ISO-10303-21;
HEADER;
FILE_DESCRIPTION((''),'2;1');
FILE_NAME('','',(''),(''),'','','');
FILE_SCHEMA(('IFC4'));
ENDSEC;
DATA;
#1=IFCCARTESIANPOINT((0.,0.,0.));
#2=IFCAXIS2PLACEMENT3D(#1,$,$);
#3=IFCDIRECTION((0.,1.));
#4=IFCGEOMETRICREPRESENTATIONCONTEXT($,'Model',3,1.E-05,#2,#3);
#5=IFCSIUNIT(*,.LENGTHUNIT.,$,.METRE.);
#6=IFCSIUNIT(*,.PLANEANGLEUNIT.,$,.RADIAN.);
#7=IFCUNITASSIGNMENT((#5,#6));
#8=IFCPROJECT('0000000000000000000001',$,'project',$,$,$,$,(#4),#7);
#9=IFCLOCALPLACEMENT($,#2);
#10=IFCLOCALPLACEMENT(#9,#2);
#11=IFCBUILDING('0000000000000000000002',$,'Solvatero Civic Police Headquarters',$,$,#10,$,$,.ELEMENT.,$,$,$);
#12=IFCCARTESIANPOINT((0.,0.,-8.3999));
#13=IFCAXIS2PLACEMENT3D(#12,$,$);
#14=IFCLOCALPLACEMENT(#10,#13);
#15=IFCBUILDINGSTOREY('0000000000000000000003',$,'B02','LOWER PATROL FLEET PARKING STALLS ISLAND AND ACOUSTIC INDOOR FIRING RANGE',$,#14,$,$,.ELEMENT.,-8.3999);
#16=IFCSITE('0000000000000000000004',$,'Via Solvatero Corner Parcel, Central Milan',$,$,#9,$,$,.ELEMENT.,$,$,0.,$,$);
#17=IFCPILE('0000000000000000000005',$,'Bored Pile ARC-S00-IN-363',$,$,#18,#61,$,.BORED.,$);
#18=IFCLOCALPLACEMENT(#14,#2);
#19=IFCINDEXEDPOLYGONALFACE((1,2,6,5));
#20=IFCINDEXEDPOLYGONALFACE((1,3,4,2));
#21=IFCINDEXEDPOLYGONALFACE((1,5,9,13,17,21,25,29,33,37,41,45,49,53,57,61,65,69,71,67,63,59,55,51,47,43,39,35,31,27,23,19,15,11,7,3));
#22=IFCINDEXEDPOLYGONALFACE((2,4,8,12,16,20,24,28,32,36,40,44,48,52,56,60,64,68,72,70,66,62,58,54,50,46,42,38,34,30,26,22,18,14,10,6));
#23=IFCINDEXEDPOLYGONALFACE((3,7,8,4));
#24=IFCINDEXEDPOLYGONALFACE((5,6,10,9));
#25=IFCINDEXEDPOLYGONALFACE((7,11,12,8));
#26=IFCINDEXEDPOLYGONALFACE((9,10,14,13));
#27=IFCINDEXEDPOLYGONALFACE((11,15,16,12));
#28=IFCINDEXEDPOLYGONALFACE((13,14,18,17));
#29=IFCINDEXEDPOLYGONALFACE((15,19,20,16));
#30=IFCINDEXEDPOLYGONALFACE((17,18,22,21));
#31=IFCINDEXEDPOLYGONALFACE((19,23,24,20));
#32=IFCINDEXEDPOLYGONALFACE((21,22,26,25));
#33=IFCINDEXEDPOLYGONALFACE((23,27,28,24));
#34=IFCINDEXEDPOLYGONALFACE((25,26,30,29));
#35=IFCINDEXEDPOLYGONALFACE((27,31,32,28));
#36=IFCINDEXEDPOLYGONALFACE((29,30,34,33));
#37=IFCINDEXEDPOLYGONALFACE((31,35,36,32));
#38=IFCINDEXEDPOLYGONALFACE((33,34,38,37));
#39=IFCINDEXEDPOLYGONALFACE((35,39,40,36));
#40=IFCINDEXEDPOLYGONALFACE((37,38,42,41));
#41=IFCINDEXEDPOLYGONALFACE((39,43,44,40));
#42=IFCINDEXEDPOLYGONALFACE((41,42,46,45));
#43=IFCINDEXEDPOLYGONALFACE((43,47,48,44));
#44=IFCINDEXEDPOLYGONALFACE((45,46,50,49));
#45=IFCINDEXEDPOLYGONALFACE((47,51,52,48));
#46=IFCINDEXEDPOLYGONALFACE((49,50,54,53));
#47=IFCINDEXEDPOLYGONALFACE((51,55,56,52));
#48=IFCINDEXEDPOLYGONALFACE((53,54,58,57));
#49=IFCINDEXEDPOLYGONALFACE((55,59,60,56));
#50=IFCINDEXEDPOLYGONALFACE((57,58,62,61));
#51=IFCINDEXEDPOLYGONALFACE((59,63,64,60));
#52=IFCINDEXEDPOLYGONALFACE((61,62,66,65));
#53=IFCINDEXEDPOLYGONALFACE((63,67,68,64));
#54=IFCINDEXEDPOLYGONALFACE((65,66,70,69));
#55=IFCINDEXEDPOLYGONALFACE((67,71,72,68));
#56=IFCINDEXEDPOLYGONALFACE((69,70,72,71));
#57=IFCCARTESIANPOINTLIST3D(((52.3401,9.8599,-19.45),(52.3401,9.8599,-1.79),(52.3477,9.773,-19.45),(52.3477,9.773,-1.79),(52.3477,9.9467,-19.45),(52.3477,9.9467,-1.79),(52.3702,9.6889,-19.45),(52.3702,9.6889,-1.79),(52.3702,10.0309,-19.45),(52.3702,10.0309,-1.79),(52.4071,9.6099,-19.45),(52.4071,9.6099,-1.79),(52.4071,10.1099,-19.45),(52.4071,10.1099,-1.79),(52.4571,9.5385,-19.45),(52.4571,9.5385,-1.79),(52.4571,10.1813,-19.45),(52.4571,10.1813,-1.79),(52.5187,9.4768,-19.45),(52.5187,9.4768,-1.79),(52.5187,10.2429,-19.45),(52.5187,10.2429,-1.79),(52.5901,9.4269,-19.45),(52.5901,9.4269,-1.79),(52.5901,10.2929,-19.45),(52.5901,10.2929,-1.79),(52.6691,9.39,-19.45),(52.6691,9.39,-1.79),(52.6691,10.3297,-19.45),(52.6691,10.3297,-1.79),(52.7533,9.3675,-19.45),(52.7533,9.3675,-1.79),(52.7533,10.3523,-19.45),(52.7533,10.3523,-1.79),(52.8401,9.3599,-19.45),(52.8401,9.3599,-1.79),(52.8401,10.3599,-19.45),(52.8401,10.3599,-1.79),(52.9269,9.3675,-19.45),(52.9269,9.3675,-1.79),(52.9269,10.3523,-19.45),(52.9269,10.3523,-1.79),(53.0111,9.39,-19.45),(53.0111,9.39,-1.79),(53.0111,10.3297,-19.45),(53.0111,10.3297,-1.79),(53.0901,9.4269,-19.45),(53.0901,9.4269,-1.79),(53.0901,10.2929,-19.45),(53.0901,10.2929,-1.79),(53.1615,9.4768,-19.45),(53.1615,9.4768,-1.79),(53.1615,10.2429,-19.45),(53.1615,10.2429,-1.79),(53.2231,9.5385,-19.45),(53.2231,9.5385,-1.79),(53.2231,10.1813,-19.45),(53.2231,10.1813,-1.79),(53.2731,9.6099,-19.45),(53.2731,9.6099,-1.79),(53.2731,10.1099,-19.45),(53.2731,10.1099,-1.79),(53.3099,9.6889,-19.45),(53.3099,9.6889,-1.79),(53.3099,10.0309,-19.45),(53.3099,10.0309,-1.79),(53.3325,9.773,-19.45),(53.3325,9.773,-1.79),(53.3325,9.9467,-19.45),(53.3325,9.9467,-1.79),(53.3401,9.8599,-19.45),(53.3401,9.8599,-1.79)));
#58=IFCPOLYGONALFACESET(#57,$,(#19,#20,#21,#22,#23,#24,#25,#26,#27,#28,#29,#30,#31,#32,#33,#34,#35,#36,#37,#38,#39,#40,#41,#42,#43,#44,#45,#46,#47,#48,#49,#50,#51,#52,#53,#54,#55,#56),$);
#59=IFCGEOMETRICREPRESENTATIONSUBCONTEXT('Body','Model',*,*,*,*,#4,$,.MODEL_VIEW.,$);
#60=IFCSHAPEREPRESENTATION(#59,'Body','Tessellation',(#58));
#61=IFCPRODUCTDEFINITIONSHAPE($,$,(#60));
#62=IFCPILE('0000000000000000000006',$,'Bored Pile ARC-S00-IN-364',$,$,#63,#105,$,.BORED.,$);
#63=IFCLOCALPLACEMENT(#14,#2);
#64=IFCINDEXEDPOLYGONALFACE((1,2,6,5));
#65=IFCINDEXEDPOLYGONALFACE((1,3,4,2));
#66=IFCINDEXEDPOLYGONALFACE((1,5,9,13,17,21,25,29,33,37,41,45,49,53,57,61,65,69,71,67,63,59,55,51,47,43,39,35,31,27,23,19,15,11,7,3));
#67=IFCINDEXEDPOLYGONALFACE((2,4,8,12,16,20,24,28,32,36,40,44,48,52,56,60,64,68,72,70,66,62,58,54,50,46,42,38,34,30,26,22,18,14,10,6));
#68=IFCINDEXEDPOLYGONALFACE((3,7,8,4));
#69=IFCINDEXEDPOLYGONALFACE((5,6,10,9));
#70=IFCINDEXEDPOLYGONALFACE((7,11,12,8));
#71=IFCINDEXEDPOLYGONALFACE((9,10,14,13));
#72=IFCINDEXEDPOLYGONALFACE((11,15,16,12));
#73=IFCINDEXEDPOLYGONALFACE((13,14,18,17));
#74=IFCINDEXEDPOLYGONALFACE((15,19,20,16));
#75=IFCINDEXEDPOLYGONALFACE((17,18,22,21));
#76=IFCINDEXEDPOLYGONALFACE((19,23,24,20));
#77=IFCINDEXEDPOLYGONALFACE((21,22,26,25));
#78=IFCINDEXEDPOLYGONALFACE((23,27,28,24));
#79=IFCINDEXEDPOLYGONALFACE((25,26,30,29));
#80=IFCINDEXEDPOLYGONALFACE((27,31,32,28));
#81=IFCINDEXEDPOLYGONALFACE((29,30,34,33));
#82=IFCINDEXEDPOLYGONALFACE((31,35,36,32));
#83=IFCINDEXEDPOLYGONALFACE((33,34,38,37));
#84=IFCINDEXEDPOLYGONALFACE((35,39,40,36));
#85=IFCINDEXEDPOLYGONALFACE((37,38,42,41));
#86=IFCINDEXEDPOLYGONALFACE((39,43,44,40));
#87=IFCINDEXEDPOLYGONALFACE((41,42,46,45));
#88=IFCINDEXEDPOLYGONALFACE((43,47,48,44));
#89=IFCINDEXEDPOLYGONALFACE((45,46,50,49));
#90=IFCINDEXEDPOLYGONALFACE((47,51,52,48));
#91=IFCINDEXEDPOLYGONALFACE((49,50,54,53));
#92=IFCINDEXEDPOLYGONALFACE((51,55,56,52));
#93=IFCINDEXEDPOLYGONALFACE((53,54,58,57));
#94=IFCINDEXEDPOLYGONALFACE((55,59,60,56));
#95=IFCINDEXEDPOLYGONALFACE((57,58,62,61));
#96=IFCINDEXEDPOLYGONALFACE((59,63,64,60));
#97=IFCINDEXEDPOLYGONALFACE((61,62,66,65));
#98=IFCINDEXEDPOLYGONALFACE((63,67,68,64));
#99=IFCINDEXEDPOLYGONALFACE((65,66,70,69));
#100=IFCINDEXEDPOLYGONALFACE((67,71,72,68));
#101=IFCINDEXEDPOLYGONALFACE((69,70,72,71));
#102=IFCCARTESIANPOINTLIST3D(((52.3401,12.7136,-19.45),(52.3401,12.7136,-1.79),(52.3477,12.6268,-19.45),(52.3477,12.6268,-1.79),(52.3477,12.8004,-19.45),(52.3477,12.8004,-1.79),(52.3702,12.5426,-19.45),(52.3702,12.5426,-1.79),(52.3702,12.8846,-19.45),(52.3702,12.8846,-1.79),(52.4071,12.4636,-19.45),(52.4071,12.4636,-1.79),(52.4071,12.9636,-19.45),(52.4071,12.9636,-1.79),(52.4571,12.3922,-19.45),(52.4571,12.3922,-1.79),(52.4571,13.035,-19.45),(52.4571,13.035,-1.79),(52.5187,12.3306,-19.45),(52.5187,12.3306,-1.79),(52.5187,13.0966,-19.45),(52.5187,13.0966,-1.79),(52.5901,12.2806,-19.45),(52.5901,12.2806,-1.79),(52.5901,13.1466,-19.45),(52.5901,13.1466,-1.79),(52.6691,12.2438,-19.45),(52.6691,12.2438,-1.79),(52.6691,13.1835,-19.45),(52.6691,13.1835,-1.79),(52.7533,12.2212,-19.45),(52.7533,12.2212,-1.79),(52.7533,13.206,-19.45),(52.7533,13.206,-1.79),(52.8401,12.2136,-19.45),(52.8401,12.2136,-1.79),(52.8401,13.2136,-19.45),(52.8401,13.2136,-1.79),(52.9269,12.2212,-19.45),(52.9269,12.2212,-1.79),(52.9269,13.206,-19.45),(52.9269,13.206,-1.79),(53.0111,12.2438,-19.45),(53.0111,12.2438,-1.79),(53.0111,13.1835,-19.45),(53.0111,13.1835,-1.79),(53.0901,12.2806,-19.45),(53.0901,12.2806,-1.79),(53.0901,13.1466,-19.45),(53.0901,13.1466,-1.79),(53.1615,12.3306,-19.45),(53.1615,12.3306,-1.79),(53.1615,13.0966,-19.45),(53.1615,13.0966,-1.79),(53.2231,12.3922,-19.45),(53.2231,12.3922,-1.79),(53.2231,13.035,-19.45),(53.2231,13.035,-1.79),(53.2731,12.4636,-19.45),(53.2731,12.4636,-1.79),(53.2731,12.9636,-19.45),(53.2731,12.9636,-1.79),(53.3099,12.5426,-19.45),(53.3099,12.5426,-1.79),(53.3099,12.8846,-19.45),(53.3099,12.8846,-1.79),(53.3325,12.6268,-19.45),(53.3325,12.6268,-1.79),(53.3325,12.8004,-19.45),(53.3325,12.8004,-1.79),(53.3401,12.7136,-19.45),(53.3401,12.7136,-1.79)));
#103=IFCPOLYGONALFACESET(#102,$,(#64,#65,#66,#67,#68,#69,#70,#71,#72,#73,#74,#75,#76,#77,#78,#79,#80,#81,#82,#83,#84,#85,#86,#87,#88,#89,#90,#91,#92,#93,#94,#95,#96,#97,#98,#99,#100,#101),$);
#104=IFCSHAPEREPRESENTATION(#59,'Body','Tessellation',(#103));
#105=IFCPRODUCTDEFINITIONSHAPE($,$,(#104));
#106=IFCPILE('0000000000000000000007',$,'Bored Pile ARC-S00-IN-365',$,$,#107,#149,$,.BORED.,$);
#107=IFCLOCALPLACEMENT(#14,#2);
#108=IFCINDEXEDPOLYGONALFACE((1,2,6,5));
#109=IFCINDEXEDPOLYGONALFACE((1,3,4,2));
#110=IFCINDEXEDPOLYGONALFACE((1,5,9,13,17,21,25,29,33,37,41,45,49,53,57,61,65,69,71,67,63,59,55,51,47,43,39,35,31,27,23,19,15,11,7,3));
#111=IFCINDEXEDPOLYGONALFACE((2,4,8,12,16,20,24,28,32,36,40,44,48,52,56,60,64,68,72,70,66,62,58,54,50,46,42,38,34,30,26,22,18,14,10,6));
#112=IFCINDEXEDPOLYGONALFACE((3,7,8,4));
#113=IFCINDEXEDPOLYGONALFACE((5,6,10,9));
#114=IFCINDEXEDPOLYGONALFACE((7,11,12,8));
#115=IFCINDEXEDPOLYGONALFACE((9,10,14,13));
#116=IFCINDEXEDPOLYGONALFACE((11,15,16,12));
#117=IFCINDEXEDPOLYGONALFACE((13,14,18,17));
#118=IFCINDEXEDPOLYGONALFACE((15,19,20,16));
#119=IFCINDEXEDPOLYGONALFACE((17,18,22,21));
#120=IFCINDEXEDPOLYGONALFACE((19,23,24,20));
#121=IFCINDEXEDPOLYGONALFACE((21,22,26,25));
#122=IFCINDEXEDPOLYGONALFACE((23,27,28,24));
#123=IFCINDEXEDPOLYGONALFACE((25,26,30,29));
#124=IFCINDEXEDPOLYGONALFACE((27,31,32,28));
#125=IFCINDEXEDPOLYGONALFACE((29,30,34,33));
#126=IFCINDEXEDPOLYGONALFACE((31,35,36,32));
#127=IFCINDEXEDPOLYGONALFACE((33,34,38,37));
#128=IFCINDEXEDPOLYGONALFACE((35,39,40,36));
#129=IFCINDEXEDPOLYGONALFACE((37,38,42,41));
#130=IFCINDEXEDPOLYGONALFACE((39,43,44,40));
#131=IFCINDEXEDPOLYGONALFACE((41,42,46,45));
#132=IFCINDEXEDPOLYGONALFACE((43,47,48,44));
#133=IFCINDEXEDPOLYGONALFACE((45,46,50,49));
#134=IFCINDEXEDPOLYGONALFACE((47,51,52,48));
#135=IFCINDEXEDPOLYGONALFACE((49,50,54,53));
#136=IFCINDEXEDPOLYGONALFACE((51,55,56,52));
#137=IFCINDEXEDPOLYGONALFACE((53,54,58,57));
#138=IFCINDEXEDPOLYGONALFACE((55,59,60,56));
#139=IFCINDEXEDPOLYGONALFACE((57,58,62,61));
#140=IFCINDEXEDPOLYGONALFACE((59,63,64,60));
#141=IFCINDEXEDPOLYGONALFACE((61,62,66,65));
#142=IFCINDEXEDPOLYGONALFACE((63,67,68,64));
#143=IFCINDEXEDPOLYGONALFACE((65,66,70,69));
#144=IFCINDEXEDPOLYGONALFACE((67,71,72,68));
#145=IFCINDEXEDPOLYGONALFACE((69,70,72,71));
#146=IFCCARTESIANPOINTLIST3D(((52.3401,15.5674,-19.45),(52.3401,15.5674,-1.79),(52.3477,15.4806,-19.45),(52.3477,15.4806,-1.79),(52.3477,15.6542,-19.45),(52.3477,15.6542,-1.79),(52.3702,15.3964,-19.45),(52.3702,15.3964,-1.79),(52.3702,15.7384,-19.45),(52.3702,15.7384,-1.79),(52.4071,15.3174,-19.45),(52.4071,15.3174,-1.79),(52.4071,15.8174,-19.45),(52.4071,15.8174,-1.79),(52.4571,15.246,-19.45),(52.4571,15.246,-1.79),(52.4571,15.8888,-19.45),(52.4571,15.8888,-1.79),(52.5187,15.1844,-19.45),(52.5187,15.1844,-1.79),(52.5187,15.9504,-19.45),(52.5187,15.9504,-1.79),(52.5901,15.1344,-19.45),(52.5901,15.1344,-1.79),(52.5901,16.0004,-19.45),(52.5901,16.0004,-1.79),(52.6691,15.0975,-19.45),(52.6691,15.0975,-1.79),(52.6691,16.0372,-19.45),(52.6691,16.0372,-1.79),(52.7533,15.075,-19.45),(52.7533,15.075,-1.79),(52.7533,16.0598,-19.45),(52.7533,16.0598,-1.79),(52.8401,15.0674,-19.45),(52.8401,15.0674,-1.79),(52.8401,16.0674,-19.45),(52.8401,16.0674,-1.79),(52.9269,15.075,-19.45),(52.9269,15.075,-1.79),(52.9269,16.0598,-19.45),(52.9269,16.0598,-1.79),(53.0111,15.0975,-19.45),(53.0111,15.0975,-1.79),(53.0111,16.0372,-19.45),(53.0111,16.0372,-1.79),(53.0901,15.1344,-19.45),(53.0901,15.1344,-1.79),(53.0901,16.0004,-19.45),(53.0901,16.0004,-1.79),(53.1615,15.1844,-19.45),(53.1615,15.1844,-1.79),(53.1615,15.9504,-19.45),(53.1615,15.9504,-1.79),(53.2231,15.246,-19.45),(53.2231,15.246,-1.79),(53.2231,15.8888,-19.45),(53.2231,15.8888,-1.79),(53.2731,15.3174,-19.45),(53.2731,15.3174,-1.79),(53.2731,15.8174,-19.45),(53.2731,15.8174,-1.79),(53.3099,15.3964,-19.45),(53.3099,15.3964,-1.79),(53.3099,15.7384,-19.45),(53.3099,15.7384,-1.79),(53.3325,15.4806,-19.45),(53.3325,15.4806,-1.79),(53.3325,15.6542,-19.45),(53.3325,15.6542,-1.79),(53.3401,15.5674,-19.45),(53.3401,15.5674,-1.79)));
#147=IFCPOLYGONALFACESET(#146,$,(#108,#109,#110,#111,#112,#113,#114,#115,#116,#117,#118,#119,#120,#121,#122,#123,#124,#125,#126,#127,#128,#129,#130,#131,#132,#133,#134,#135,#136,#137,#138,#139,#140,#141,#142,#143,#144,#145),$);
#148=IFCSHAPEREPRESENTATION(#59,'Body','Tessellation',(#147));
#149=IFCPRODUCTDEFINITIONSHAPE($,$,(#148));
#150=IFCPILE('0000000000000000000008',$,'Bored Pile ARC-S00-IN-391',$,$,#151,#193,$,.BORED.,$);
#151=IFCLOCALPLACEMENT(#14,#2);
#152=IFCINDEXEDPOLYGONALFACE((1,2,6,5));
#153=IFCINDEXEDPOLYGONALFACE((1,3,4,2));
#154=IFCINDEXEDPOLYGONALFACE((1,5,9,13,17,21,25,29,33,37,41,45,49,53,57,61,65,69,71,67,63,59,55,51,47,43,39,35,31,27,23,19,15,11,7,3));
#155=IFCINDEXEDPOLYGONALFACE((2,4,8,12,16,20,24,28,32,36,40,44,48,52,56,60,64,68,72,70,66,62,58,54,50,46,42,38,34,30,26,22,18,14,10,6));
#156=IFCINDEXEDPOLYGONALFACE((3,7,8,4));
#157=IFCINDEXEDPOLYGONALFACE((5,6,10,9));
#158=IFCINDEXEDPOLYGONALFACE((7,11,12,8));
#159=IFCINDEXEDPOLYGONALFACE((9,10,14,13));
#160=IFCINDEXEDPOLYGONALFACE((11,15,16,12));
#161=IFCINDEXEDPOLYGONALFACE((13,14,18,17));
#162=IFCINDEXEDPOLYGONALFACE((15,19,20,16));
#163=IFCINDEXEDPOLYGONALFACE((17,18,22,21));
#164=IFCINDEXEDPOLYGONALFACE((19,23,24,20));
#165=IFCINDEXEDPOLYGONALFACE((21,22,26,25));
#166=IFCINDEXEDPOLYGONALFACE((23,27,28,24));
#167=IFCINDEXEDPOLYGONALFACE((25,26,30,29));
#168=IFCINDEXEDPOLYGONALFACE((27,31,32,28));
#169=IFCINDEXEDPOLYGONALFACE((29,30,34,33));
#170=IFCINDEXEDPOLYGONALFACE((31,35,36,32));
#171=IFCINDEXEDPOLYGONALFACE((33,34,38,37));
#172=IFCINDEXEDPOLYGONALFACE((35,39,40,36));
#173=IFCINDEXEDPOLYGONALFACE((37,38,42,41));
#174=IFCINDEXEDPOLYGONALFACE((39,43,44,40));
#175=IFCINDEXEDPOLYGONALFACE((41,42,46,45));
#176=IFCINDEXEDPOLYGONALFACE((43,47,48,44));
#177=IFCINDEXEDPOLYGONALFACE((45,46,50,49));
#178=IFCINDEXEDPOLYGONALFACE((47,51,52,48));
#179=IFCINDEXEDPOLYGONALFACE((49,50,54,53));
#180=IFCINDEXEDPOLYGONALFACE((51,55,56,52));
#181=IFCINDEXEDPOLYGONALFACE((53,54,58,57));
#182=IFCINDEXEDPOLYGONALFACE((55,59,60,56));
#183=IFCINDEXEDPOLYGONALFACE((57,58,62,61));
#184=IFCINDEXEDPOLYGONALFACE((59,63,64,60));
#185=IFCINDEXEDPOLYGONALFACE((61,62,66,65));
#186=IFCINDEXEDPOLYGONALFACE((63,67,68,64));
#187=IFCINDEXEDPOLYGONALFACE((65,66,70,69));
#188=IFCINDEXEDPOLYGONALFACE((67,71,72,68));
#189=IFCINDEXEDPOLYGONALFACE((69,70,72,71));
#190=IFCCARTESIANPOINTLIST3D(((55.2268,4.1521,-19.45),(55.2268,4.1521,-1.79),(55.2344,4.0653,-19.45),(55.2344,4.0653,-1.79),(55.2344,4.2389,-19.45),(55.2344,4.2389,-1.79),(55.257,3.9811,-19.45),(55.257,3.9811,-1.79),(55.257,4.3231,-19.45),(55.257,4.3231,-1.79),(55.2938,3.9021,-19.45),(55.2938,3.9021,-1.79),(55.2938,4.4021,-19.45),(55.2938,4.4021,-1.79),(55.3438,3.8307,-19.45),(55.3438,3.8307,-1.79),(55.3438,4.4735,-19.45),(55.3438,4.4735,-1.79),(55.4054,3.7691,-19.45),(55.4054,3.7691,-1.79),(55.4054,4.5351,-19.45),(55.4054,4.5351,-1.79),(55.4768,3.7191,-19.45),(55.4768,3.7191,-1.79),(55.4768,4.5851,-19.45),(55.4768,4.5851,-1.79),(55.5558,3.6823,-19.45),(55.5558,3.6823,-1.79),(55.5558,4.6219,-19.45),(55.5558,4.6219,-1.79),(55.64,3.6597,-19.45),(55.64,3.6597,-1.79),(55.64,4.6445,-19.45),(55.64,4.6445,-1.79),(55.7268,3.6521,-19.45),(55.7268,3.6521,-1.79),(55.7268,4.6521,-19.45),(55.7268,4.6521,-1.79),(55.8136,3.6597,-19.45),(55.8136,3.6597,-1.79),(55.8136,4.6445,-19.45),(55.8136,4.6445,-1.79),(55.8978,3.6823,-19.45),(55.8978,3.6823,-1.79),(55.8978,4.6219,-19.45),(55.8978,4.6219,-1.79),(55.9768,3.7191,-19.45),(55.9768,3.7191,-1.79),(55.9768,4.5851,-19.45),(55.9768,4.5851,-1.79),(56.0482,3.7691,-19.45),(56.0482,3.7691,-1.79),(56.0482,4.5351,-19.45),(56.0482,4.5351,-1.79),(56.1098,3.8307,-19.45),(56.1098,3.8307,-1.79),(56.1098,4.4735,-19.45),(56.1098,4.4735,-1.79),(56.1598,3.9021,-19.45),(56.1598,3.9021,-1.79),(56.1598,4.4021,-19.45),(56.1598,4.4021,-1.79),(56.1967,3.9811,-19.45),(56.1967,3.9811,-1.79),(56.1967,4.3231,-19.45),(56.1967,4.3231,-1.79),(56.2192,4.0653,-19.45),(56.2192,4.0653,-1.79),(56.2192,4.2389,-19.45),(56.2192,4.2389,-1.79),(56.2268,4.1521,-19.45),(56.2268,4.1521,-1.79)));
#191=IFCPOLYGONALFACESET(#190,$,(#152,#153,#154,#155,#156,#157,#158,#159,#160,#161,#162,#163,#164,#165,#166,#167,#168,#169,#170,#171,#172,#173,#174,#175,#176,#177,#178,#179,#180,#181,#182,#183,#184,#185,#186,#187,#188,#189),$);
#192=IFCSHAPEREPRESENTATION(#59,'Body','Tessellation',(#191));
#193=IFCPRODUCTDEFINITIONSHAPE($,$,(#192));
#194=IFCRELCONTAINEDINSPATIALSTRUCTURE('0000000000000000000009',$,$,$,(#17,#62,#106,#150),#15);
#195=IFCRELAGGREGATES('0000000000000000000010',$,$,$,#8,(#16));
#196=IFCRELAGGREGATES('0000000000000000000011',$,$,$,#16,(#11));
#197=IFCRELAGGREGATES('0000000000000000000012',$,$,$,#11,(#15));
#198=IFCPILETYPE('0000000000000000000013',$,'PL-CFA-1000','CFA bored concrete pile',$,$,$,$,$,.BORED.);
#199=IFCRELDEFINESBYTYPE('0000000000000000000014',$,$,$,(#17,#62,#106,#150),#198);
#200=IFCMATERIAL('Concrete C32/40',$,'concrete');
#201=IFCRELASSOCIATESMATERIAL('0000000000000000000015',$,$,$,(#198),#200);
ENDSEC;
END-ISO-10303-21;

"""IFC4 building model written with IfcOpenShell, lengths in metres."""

from ifc_helpers import new_model, si_unit, direction, frame, origin, origin_2d, place, context, subcontext, project, spatial, circle, extrude, material, material_profile, profile_set, type_object, element, save


model = new_model("IFC4")

# Units and contexts
model_context = context("Model", 3, precision=1e-05, world=origin(), true_north=direction((0.0, 1.0)))
body_context = subcontext(model_context, "Body", "Model", "MODEL_VIEW")
ifc_project = project(units=[si_unit("LENGTHUNIT", "METRE"), si_unit("PLANEANGLEUNIT", "RADIAN")], contexts=[model_context])

# Site, building, storey
site_placement = place(None, origin())
site = spatial("IfcSite", under=ifc_project, at=site_placement, Name="Via Solvatero Corner Parcel, Central Milan", CompositionType="ELEMENT", RefElevation=0.0)
building_placement = place(site_placement, origin())
building = spatial("IfcBuilding", under=site, at=building_placement, Name="Solvatero Civic Police Headquarters", CompositionType="ELEMENT")
storey_placement = place(building_placement, frame((0.0, 0.0, -8.3999)))
storey = spatial("IfcBuildingStorey", under=building, at=storey_placement, Name="B02", Description="LOWER PATROL FLEET PARKING STALLS ISLAND AND ACOUSTIC INDOOR FIRING RANGE", CompositionType="ELEMENT", Elevation=-8.3999)

# Piles
ifc_material_1 = material(Name="Concrete C32/40", Category="concrete")
ifc_material_profile_1 = material_profile(ifc_material_1, circle(Radius=0.5, at=origin_2d()), Name="CFA PILE D1000")
ifc_profile_set_1 = profile_set([ifc_material_profile_1], Name="Concrete C32/40")
pile_type = type_object("IfcPileType", Name="PL-CFA-1000", Description="CFA bored concrete pile", PredefinedType="BORED", material=ifc_profile_set_1)
for number, where, z_axis, x_axis, name in (
    (1, (52.8401, 9.8599, -1.79), (0.0, 0.0, -1.0), (1.0, 0.0, 0.0), "Bored Pile ARC-S00-IN-363"),
    (2, (52.8401, 12.7136, -1.79), (0.0, 0.0, -1.0), (1.0, 0.0, 0.0), "Bored Pile ARC-S00-IN-364"),
    (3, (52.8401, 15.5674, -1.79), (0.0, 0.0, -1.0), (1.0, 0.0, 0.0), "Bored Pile ARC-S00-IN-365"),
    (4, (55.7268, 4.1521, -1.79), (0.0, 0.0, -1.0), (1.0, 0.0, 0.0), "Bored Pile ARC-S00-IN-391"),
):
    element("IfcPile", number, at=place(storey_placement, frame(where, z_axis=z_axis, x_axis=x_axis)), inside=storey, type_object=pile_type, Name=name, PredefinedType="BORED", context=body_context, shape_type="SweptSolid", body=[
        extrude(circle(Radius=0.5, at=origin_2d()), origin(), (0.0, 0.0, 1.0), 17.6599),
    ])

save(model, "model.ifc")
